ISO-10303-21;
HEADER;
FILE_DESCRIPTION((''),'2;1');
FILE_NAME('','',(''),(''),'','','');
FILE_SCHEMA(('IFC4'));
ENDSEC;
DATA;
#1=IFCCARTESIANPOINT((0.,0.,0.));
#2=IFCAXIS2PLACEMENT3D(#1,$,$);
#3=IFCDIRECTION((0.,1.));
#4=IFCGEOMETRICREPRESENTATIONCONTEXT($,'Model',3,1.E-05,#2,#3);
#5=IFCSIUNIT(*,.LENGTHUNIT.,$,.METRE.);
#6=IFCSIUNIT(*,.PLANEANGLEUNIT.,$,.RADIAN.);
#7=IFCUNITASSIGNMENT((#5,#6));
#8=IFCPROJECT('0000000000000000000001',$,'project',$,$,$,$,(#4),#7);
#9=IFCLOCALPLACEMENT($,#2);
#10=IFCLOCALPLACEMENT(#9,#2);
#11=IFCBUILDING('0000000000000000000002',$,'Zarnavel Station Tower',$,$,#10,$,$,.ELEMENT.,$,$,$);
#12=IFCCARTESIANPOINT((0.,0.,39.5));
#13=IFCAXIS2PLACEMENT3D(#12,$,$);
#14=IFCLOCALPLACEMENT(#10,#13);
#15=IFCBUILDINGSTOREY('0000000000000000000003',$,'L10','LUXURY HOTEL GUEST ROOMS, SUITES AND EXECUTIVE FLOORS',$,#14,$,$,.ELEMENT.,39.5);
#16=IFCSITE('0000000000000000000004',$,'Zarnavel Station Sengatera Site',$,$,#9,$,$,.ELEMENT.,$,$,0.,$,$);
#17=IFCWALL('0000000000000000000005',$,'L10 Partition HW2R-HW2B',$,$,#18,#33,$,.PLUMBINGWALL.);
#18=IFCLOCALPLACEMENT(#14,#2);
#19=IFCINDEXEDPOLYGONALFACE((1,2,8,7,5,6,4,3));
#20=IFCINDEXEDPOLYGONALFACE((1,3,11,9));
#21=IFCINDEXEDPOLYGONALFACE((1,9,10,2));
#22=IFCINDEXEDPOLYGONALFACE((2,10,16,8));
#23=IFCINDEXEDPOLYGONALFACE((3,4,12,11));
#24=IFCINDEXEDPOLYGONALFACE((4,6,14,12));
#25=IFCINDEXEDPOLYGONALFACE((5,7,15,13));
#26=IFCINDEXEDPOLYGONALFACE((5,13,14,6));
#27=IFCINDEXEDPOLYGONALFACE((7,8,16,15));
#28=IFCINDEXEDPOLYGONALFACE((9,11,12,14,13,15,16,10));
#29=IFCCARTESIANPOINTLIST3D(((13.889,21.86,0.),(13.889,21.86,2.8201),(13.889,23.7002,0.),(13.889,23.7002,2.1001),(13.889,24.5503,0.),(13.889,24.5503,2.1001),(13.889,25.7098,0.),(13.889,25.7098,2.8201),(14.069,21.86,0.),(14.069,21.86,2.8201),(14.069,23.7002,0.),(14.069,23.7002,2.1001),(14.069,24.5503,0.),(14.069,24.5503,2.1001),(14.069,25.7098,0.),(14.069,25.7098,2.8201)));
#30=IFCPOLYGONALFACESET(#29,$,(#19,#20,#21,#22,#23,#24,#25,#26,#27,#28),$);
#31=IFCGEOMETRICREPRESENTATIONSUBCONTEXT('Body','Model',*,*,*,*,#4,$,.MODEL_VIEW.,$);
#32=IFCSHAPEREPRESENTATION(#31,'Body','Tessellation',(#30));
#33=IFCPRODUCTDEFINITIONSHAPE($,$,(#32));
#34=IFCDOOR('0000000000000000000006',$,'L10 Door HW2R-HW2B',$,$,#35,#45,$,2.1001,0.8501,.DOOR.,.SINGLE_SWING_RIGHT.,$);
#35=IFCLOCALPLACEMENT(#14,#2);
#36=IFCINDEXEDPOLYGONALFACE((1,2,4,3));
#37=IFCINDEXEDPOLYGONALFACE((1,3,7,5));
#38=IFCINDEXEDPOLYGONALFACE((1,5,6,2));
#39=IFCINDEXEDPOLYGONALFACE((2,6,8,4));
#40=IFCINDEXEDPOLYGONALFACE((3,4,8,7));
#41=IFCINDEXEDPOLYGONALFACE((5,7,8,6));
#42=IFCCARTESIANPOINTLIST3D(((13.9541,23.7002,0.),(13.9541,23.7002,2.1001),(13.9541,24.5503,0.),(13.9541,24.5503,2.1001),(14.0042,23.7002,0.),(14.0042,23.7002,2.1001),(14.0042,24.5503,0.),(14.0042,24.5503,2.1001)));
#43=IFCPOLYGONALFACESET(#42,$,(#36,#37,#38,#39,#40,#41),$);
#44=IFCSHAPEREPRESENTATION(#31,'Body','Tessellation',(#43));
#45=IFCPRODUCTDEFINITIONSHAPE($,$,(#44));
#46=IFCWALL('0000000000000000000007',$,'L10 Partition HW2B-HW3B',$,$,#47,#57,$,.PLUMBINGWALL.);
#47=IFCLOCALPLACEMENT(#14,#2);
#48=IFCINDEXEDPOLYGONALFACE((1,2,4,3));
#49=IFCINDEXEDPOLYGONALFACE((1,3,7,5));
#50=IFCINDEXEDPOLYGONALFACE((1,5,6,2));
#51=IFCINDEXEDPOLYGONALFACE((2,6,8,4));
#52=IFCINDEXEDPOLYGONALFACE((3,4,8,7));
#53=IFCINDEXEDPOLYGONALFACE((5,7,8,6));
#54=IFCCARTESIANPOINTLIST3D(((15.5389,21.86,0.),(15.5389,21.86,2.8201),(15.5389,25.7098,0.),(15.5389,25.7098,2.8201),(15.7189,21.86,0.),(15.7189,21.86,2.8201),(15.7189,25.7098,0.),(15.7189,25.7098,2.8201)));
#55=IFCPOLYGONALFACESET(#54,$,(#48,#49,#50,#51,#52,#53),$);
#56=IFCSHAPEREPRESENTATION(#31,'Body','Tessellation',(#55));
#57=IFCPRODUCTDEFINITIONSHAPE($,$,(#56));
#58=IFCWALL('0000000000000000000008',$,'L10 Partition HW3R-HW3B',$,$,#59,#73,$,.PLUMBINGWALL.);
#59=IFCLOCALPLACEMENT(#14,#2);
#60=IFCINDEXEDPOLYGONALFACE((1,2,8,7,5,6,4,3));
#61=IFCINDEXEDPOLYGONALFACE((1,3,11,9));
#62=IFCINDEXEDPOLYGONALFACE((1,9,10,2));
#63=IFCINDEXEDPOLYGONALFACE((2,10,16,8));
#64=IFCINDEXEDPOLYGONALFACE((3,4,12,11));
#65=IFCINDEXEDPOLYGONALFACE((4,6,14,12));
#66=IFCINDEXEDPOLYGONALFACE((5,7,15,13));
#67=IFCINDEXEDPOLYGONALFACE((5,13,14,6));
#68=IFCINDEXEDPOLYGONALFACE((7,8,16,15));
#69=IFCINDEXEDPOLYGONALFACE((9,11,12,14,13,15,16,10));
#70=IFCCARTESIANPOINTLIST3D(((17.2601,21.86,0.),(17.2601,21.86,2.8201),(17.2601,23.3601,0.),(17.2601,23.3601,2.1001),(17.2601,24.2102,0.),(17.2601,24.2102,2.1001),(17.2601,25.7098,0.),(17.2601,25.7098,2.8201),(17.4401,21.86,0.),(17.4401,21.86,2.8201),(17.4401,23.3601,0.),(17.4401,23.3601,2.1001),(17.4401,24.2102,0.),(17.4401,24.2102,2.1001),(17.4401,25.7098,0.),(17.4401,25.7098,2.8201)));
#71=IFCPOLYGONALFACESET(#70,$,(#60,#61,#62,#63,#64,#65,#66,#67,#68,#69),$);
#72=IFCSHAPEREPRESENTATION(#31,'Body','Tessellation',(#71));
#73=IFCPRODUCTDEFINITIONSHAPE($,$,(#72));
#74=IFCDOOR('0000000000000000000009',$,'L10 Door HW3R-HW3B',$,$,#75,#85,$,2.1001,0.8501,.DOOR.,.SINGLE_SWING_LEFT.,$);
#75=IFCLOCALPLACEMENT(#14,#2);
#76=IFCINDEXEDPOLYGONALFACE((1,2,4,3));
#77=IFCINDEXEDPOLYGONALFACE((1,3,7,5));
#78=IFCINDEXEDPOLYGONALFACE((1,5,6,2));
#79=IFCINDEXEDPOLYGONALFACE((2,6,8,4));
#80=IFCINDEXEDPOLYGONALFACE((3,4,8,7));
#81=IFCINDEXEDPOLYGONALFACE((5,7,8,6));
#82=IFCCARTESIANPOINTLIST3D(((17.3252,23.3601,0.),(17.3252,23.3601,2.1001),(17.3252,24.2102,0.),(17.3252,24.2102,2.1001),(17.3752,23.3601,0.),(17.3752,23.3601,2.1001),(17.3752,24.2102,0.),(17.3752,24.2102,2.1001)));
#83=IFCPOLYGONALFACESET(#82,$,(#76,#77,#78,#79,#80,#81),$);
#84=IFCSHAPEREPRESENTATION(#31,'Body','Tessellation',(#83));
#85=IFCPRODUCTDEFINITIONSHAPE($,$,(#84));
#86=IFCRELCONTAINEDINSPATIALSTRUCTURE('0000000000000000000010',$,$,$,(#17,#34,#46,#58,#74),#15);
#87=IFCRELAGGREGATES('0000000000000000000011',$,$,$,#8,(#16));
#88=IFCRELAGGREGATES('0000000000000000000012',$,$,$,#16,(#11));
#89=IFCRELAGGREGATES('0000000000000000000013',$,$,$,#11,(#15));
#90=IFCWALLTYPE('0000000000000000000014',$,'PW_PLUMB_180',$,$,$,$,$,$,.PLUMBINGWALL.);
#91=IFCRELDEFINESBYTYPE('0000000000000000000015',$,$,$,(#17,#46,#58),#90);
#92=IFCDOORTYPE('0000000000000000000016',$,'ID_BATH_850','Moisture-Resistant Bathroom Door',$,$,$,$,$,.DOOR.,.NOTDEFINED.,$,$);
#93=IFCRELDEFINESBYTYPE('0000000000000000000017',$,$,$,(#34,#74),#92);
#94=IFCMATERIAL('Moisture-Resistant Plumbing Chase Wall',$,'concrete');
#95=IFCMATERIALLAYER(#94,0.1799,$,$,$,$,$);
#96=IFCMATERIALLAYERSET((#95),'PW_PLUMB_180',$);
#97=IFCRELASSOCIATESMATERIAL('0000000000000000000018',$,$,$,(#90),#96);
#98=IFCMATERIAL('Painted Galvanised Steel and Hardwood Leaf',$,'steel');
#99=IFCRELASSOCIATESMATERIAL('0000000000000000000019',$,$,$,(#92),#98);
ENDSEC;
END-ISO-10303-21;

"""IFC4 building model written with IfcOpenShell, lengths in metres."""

from ifc_helpers import new_model, si_unit, direction, frame, frame_2d, origin, place, context, subcontext, project, spatial, rectangle, extrude, material, layer, layer_set, type_object, element, fill, save


model = new_model("IFC4")

# Units and contexts
model_context = context("Model", 3, precision=1e-05, world=origin(), true_north=direction((0.0, 1.0)))
body_context = subcontext(model_context, "Body", "Model", "MODEL_VIEW")
ifc_project = project(units=[si_unit("LENGTHUNIT", "METRE"), si_unit("PLANEANGLEUNIT", "RADIAN")], contexts=[model_context])

# Site, building, storey
site_placement = place(None, origin())
site = spatial("IfcSite", under=ifc_project, at=site_placement, Name="Zarnavel Station Sengatera Site", CompositionType="ELEMENT", RefElevation=0.0)
building_placement = place(site_placement, origin())
building = spatial("IfcBuilding", under=site, at=building_placement, Name="Zarnavel Station Tower", CompositionType="ELEMENT")
storey_placement = place(building_placement, frame((0.0, 0.0, 39.5)))
storey = spatial("IfcBuildingStorey", under=building, at=storey_placement, Name="L10", Description="LUXURY HOTEL GUEST ROOMS, SUITES AND EXECUTIVE FLOORS", CompositionType="ELEMENT", Elevation=39.5)

# Wall, opening, door
ifc_material_1 = material(Name="Moisture-Resistant Plumbing Chase Wall", Category="concrete")
ifc_layer_1 = layer(ifc_material_1, 0.1799)
ifc_layer_set_1 = layer_set([ifc_layer_1], Name="PW_PLUMB_180")
wall_type_1 = type_object("IfcWallType", Name="PW_PLUMB_180", PredefinedType="PLUMBINGWALL", material=ifc_layer_set_1)
wall_1_placement = place(storey_placement, frame((13.979, 21.8601, 0.0), z_axis=(0.0, 0.0, 1.0), x_axis=(0.0, 1.0, 0.0)))
wall_1 = element("IfcWall", 1, at=wall_1_placement, inside=storey, type_object=wall_type_1, Name="L10 Partition HW2R-HW2B", PredefinedType="PLUMBINGWALL", context=body_context, shape_type="SweptSolid", body=[
    extrude(rectangle(XDim=3.8499, YDim=0.1799, at=frame_2d((1.9248, 0.0))), origin(), (0.0, 0.0, 1.0), 2.8201),
])
opening_1_placement = place(wall_1_placement, frame((1.8401, 0.0, 0.0)))
opening_1 = element("IfcOpeningElement", 2, at=opening_1_placement, cuts=wall_1, PredefinedType="OPENING", context=body_context, shape_type="SweptSolid", body=[
    extrude(rectangle(XDim=0.8501, YDim=2.1001, at=frame_2d((0.425, 1.05))), frame((0.0, 0.0999, 0.0), z_axis=(0.0, -1.0, 0.0), x_axis=(1.0, 0.0, 0.0)), (0.0, 0.0, 1.0), 0.2),
])
ifc_material_2 = material(Name="Painted Galvanised Steel and Hardwood Leaf", Category="steel")
door_type = type_object("IfcDoorType", Name="ID_BATH_850", Description="Moisture-Resistant Bathroom Door", OperationType="NOTDEFINED", PredefinedType="DOOR", material=ifc_material_2)
door_1_placement = place(opening_1_placement, origin())
door_1 = element("IfcDoor", 3, at=door_1_placement, inside=storey, type_object=door_type, Name="L10 Door HW2R-HW2B", OperationType="SINGLE_SWING_RIGHT", OverallHeight=2.1001, OverallWidth=0.8501, PredefinedType="DOOR", context=body_context, shape_type="SweptSolid", body=[
    extrude(rectangle(XDim=0.8501, YDim=2.1001, at=frame_2d((0.425, 1.05))), frame((0.0, 0.0249, 0.0), z_axis=(0.0, -1.0, 0.0), x_axis=(1.0, 0.0, 0.0)), (0.0, 0.0, 1.0), 0.05),
])
fill(opening_1, door_1)

# Wall
wall_2_placement = place(storey_placement, frame((15.6289, 21.8601, 0.0), z_axis=(0.0, 0.0, 1.0), x_axis=(0.0, 1.0, 0.0)))
element("IfcWall", 4, at=wall_2_placement, inside=storey, type_object=wall_type_1, Name="L10 Partition HW2B-HW3B", PredefinedType="PLUMBINGWALL", context=body_context, shape_type="SweptSolid", body=[
    extrude(rectangle(XDim=3.8499, YDim=0.1799, at=frame_2d((1.9248, 0.0))), origin(), (0.0, 0.0, 1.0), 2.8201),
])

# Wall, opening, door
wall_3_placement = place(storey_placement, frame((17.3501, 21.8601, 0.0), z_axis=(0.0, 0.0, 1.0), x_axis=(0.0, 1.0, 0.0)))
wall_3 = element("IfcWall", 5, at=wall_3_placement, inside=storey, type_object=wall_type_1, Name="L10 Partition HW3R-HW3B", PredefinedType="PLUMBINGWALL", context=body_context, shape_type="SweptSolid", body=[
    extrude(rectangle(XDim=3.8499, YDim=0.1799, at=frame_2d((1.9248, 0.0))), origin(), (0.0, 0.0, 1.0), 2.8201),
])
opening_2_placement = place(wall_3_placement, frame((1.5, 0.0, 0.0)))
opening_2 = element("IfcOpeningElement", 6, at=opening_2_placement, cuts=wall_3, PredefinedType="OPENING", context=body_context, shape_type="SweptSolid", body=[
    extrude(rectangle(XDim=0.8501, YDim=2.1001, at=frame_2d((0.425, 1.05))), frame((0.0, 0.0999, 0.0), z_axis=(0.0, -1.0, 0.0), x_axis=(1.0, 0.0, 0.0)), (0.0, 0.0, 1.0), 0.2),
])
door_2_placement = place(opening_2_placement, origin())
door_2 = element("IfcDoor", 7, at=door_2_placement, inside=storey, type_object=door_type, Name="L10 Door HW3R-HW3B", OperationType="SINGLE_SWING_LEFT", OverallHeight=2.1001, OverallWidth=0.8501, PredefinedType="DOOR", context=body_context, shape_type="SweptSolid", body=[
    extrude(rectangle(XDim=0.8501, YDim=2.1001, at=frame_2d((0.425, 1.05))), frame((0.0, 0.0249, 0.0), z_axis=(0.0, -1.0, 0.0), x_axis=(1.0, 0.0, 0.0)), (0.0, 0.0, 1.0), 0.05),
])
fill(opening_2, door_2)

save(model, "model.ifc")
